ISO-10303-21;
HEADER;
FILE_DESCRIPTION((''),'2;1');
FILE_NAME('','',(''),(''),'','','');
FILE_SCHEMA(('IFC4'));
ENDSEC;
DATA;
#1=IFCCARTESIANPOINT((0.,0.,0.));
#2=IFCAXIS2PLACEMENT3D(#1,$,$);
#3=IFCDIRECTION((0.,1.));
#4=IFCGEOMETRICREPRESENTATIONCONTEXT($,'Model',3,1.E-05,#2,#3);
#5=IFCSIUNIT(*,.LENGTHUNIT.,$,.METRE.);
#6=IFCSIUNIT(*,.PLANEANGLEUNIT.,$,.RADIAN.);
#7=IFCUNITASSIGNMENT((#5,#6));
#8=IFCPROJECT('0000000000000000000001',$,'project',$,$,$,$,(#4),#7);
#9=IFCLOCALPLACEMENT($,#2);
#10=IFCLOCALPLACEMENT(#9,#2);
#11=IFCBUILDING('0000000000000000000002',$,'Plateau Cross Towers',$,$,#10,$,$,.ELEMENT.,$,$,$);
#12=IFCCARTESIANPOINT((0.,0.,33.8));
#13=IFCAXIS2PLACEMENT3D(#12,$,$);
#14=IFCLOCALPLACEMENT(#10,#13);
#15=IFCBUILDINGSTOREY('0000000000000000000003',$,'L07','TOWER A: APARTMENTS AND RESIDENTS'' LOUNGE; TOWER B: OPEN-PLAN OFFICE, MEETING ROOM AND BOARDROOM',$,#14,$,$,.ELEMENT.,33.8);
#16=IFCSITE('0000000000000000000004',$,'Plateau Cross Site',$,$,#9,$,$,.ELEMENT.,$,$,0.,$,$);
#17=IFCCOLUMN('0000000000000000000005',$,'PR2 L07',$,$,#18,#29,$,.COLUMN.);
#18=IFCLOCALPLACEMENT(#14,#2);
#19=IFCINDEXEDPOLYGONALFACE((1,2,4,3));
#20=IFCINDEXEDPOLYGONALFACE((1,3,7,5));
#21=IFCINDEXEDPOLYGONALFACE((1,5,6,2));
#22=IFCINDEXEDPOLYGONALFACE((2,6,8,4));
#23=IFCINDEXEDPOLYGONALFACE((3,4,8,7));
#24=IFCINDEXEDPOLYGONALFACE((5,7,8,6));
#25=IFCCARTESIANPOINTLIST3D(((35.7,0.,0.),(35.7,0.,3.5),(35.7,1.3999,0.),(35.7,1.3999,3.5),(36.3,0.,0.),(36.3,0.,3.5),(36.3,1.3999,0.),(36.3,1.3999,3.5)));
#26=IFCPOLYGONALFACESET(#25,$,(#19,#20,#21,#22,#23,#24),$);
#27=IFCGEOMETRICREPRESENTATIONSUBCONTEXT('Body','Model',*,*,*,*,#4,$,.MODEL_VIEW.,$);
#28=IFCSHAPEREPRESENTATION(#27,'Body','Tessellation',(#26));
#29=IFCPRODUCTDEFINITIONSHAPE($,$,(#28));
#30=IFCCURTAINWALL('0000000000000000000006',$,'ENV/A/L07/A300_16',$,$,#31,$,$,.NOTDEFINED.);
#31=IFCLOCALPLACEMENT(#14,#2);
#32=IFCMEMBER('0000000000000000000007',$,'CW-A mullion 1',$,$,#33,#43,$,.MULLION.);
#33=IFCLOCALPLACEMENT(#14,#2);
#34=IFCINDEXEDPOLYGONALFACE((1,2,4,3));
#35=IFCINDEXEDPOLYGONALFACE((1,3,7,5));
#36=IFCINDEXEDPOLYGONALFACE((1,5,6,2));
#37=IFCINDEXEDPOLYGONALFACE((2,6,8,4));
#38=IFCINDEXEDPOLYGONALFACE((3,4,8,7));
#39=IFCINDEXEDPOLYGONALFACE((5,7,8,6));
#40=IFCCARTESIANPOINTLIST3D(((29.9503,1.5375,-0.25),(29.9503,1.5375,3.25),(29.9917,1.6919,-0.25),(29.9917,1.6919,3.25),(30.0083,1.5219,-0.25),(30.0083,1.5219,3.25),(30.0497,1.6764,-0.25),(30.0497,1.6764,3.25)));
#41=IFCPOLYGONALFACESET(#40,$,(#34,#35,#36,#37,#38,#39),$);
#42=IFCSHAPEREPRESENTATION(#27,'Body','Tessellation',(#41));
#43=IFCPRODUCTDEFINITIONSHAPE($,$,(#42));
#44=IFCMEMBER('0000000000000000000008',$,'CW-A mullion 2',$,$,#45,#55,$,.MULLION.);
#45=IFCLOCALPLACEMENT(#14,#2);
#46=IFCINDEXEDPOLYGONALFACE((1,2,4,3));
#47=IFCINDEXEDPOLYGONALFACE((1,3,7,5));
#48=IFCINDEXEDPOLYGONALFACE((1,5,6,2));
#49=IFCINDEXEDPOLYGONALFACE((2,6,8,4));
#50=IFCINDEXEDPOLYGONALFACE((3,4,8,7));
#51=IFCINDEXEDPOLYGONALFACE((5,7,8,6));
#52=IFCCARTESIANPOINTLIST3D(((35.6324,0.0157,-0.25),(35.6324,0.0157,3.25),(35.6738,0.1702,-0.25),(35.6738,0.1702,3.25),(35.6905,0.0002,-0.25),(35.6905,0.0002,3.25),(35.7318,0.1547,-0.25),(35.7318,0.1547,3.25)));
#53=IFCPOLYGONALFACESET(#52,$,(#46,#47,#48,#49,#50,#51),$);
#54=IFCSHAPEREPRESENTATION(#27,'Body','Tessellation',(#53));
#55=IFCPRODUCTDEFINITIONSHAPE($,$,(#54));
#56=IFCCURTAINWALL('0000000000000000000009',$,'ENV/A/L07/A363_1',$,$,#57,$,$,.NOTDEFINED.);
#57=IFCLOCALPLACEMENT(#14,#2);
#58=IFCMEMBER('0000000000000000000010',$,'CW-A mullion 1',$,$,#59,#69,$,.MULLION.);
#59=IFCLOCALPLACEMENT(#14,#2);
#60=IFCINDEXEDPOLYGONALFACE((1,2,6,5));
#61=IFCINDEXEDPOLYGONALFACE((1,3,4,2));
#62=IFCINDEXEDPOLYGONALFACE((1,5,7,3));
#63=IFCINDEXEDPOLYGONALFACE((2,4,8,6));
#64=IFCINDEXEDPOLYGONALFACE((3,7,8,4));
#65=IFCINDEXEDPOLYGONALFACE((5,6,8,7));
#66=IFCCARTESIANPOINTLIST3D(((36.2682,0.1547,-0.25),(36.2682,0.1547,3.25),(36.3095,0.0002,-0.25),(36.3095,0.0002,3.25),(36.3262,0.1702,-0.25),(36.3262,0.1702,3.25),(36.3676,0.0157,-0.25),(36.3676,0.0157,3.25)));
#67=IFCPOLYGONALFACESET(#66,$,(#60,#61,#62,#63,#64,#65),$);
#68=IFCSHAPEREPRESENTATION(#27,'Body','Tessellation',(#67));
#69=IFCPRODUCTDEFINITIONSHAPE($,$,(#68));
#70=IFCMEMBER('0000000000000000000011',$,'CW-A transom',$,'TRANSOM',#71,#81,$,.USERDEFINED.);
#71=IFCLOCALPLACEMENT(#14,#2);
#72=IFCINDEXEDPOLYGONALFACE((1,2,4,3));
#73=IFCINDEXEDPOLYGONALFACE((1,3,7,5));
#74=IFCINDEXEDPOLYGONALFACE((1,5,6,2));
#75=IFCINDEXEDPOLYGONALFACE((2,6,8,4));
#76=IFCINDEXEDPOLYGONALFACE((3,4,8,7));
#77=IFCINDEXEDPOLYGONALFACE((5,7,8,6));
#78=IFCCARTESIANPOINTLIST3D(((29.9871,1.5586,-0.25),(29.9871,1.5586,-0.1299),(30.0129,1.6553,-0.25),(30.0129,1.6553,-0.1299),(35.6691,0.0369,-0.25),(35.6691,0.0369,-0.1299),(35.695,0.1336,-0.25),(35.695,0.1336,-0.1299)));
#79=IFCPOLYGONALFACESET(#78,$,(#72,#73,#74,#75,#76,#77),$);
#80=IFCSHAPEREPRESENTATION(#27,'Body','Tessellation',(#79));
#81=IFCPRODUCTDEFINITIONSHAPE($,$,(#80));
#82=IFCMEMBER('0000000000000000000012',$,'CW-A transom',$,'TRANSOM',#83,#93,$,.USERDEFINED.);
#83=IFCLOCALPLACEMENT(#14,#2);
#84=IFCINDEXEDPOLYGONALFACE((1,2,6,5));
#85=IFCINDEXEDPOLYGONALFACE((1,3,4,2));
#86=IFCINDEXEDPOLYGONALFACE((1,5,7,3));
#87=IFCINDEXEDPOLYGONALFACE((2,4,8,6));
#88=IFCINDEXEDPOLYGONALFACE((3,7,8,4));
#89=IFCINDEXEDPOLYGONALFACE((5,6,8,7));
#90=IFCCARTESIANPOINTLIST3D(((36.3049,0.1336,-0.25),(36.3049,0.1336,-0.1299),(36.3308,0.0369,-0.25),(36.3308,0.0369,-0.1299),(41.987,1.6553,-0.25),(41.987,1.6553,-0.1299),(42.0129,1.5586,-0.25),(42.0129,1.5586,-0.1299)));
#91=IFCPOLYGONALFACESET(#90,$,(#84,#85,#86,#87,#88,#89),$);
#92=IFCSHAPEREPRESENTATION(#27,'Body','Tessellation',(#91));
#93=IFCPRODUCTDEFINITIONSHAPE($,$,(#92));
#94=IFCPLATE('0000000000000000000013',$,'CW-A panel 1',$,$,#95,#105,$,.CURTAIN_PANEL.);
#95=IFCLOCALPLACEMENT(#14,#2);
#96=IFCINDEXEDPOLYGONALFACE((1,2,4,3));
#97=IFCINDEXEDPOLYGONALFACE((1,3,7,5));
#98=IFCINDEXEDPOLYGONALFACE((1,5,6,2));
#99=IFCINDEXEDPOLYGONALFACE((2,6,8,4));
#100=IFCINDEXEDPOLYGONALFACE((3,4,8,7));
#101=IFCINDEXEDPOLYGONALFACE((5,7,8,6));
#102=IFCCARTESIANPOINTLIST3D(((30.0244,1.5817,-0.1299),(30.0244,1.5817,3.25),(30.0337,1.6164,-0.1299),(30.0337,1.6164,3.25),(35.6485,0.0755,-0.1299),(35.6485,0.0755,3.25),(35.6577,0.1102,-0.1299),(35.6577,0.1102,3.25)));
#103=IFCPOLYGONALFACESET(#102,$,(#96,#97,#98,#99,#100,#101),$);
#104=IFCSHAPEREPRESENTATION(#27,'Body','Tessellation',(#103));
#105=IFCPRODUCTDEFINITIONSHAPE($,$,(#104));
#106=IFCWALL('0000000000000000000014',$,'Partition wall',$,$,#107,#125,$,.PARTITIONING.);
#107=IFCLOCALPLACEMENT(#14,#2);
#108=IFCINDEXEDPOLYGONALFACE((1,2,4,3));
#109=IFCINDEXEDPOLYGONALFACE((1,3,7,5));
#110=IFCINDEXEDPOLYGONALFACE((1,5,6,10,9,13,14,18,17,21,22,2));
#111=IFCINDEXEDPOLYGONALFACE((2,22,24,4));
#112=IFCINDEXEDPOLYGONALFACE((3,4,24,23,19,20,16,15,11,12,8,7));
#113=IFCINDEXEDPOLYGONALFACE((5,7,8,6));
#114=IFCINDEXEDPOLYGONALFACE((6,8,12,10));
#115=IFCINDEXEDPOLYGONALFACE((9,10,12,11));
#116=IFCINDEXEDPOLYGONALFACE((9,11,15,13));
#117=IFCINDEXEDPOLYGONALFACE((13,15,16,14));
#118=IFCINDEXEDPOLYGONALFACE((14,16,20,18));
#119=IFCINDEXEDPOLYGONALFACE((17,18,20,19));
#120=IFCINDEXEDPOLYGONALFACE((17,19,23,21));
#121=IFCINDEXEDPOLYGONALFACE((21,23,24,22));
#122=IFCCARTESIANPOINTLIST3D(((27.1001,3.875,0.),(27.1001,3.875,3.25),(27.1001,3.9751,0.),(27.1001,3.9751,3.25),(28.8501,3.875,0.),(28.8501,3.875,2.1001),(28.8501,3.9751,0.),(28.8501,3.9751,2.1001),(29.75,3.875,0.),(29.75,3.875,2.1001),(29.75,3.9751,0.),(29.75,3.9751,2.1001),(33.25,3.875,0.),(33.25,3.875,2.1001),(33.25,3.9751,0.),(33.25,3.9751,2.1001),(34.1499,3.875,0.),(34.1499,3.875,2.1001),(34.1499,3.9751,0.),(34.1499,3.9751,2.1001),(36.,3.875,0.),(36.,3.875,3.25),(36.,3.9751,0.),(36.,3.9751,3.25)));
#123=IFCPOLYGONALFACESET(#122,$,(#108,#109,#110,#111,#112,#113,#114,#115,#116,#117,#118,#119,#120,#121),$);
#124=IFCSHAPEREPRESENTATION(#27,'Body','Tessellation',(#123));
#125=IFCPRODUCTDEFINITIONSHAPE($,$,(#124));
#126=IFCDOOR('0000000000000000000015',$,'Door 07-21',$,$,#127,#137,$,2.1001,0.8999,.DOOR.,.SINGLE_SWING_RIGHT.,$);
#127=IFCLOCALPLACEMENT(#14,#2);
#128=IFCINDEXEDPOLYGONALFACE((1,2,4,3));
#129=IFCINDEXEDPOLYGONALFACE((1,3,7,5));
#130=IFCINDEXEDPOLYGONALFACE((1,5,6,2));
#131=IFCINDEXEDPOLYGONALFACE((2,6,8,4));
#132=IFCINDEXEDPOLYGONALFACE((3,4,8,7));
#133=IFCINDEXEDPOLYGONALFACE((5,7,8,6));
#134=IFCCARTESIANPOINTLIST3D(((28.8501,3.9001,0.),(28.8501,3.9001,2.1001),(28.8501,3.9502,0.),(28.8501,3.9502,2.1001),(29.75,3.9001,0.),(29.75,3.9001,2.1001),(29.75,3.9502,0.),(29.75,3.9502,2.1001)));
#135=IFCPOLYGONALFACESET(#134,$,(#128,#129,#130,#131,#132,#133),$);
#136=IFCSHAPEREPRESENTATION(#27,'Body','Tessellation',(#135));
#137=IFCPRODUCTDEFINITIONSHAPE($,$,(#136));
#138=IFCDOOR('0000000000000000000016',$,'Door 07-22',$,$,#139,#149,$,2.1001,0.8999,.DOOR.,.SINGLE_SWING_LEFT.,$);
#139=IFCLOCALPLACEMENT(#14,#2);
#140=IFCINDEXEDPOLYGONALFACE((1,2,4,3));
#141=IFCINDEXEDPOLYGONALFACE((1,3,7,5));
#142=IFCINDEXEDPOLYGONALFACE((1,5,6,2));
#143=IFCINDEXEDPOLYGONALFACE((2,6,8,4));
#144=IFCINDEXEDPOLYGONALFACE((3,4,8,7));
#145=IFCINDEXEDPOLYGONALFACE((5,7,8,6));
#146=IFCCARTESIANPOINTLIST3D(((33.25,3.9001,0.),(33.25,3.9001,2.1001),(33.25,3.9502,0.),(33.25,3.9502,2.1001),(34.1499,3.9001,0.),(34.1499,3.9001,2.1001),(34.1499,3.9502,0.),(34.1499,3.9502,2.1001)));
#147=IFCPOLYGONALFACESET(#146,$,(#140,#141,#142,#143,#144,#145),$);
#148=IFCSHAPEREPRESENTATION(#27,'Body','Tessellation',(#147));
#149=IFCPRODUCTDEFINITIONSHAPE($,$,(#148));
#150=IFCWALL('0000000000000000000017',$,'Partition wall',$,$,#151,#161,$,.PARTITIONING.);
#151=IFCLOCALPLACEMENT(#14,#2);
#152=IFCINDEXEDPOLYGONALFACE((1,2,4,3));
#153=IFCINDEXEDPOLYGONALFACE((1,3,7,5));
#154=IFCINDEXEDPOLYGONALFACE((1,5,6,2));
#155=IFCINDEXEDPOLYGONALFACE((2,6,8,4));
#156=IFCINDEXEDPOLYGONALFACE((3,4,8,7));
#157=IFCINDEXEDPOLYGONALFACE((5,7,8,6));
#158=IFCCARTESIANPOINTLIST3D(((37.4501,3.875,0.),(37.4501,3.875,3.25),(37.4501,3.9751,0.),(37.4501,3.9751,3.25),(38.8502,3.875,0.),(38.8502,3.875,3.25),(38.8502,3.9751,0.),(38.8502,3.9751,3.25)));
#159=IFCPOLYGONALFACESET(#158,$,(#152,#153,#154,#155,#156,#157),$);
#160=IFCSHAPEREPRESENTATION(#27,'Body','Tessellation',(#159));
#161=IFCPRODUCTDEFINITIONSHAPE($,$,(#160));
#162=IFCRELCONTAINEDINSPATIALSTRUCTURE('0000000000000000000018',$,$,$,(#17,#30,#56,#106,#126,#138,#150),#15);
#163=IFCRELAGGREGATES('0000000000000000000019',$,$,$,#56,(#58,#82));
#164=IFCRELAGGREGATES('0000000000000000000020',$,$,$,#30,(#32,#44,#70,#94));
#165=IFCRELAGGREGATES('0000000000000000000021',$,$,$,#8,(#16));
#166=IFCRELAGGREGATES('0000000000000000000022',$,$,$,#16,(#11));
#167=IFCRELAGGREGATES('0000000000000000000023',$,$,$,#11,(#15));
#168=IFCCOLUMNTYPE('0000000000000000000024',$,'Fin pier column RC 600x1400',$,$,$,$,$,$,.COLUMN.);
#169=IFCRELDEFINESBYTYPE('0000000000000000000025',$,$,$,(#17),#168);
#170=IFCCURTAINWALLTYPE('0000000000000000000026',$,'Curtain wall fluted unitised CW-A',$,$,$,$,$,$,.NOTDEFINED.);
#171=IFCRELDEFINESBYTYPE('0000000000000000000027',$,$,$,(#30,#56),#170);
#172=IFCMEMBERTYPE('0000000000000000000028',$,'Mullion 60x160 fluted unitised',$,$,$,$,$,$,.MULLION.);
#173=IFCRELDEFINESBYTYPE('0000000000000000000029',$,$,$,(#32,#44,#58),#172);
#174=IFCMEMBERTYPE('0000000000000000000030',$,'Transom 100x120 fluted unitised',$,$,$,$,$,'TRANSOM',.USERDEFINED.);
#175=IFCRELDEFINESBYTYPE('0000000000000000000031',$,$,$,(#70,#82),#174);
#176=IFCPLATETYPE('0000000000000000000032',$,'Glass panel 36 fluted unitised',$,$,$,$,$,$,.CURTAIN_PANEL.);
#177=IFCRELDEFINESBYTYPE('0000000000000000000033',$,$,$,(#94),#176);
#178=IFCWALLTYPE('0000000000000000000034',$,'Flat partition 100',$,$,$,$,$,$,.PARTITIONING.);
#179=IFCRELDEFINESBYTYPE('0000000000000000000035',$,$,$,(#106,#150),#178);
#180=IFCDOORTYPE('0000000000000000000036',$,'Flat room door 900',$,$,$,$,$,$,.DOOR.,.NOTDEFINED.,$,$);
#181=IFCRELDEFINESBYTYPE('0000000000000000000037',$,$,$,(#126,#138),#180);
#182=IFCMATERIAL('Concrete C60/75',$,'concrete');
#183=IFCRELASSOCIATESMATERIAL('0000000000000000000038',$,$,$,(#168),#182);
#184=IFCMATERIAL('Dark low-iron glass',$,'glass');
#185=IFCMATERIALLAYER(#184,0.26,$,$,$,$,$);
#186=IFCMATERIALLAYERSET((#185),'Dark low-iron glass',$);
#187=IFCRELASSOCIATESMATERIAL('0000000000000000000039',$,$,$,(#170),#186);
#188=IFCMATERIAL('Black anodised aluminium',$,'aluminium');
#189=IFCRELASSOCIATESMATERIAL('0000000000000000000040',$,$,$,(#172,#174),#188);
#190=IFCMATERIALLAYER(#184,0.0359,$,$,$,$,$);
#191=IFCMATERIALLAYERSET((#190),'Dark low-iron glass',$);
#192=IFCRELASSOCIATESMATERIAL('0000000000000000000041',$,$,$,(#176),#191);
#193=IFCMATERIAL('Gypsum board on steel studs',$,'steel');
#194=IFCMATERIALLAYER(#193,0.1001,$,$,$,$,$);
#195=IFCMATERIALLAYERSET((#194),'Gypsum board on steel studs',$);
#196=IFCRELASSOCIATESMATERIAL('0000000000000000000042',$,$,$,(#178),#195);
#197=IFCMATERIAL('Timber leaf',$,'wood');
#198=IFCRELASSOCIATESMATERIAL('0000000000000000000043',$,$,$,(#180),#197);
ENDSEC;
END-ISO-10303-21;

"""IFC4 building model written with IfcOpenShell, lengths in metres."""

from ifc_helpers import new_model, si_unit, direction, frame, frame_2d, origin, origin_2d, place, context, subcontext, project, spatial, rectangle, extrude, material, layer, layer_set, material_profile, profile_set, type_object, element, fill, aggregate, save


model = new_model("IFC4")

# Units and contexts
model_context = context("Model", 3, precision=1e-05, world=origin(), true_north=direction((0.0, 1.0)))
body_context = subcontext(model_context, "Body", "Model", "MODEL_VIEW")
ifc_project = project(units=[si_unit("LENGTHUNIT", "METRE"), si_unit("PLANEANGLEUNIT", "RADIAN")], contexts=[model_context])

# Site, building, storey
site_placement = place(None, origin())
site = spatial("IfcSite", under=ifc_project, at=site_placement, Name="Plateau Cross Site", CompositionType="ELEMENT", RefElevation=0.0)
building_placement = place(site_placement, origin())
building = spatial("IfcBuilding", under=site, at=building_placement, Name="Plateau Cross Towers", CompositionType="ELEMENT")
storey_placement = place(building_placement, frame((0.0, 0.0, 33.8)))
storey = spatial("IfcBuildingStorey", under=building, at=storey_placement, Name="L07", Description="TOWER A: APARTMENTS AND RESIDENTS' LOUNGE; TOWER B: OPEN-PLAN OFFICE, MEETING ROOM AND BOARDROOM", CompositionType="ELEMENT", Elevation=33.8)

# Column
ifc_material_1 = material(Name="Concrete C60/75", Category="concrete")
ifc_material_profile_1 = material_profile(ifc_material_1, rectangle(XDim=0.6001, YDim=1.3999, at=origin_2d()), Name="RC 600x1400")
ifc_profile_set_1 = profile_set([ifc_material_profile_1], Name="Concrete C60/75")
column_type = type_object("IfcColumnType", Name="Fin pier column RC 600x1400", PredefinedType="COLUMN", material=ifc_profile_set_1)
column_placement = place(storey_placement, frame((36.0, 0.7, 0.0), z_axis=(0.0, 0.0, 1.0), x_axis=(1.0, 0.0, 0.0)))
element("IfcColumn", 1, at=column_placement, inside=storey, type_object=column_type, Name="PR2 L07", PredefinedType="COLUMN", context=body_context, shape_type="SweptSolid", body=[
    extrude(rectangle(XDim=0.6001, YDim=1.3999, at=origin_2d()), origin(), (0.0, 0.0, 1.0), 3.5),
])

# Curtain wall, members
ifc_material_2 = material(Name="Dark low-iron glass", Category="glass")
ifc_layer_1 = layer(ifc_material_2, 0.26)
ifc_layer_set_1 = layer_set([ifc_layer_1], Name="Dark low-iron glass")
curtain_wall_type = type_object("IfcCurtainWallType", Name="Curtain wall fluted unitised CW-A", PredefinedType="NOTDEFINED", material=ifc_layer_set_1)
curtain_wall_1_placement = place(storey_placement, origin())
curtain_wall_1 = element("IfcCurtainWall", 2, at=curtain_wall_1_placement, inside=storey, type_object=curtain_wall_type, Name="ENV/A/L07/A300_16", PredefinedType="NOTDEFINED")
ifc_material_3 = material(Name="Black anodised aluminium", Category="aluminium")
ifc_material_profile_2 = material_profile(ifc_material_3, rectangle(XDim=0.0601, YDim=0.1599, at=origin_2d()), Name="MULLION 60x160")
ifc_profile_set_2 = profile_set([ifc_material_profile_2], Name="Black anodised aluminium")
member_type_1 = type_object("IfcMemberType", Name="Mullion 60x160 fluted unitised", PredefinedType="MULLION", material=ifc_profile_set_2)
member_1_placement = place(storey_placement, frame((30.0, 1.6069, -0.25), z_axis=(0.0, 0.0, 1.0), x_axis=(0.965958, -0.258699, 0.0)))
member_1 = element("IfcMember", 3, at=member_1_placement, type_object=member_type_1, Name="CW-A mullion 1", PredefinedType="MULLION", context=body_context, shape_type="SweptSolid", body=[
    extrude(rectangle(XDim=0.0601, YDim=0.1599, at=origin_2d()), origin(), (0.0, 0.0, 1.0), 3.5),
])
member_2_placement = place(storey_placement, frame((35.6821, 0.0852, -0.25), z_axis=(0.0, 0.0, 1.0), x_axis=(0.965958, -0.258699, 0.0)))
member_2 = element("IfcMember", 4, at=member_2_placement, type_object=member_type_1, Name="CW-A mullion 2", PredefinedType="MULLION", context=body_context, shape_type="SweptSolid", body=[
    extrude(rectangle(XDim=0.0601, YDim=0.1599, at=origin_2d()), origin(), (0.0, 0.0, 1.0), 3.5),
])

# Curtain wall, member
curtain_wall_2_placement = place(storey_placement, origin())
curtain_wall_2 = element("IfcCurtainWall", 5, at=curtain_wall_2_placement, inside=storey, type_object=curtain_wall_type, Name="ENV/A/L07/A363_1", PredefinedType="NOTDEFINED")
member_3_placement = place(storey_placement, frame((36.3179, 0.0852, -0.25), z_axis=(0.0, 0.0, 1.0), x_axis=(0.965958, 0.258699, 0.0)))
member_3 = element("IfcMember", 6, at=member_3_placement, type_object=member_type_1, Name="CW-A mullion 1", PredefinedType="MULLION", context=body_context, shape_type="SweptSolid", body=[
    extrude(rectangle(XDim=0.0601, YDim=0.1599, at=origin_2d()), origin(), (0.0, 0.0, 1.0), 3.5),
])

# Members
ifc_material_profile_3 = material_profile(ifc_material_3, rectangle(XDim=0.1001, YDim=0.1201, at=origin_2d()), Name="TRANSOM 100x120")
ifc_profile_set_3 = profile_set([ifc_material_profile_3], Name="Black anodised aluminium")
member_type_2 = type_object("IfcMemberType", Name="Transom 100x120 fluted unitised", ElementType="TRANSOM", PredefinedType="USERDEFINED", material=ifc_profile_set_3)
member_4_placement = place(storey_placement, frame((30.0, 1.6069, -0.1899), z_axis=(0.96596, -0.258693, 0.0), x_axis=(0.258693, 0.96596, 0.0)))
member_4 = element("IfcMember", 7, at=member_4_placement, type_object=member_type_2, Name="CW-A transom", ObjectType="TRANSOM", PredefinedType="USERDEFINED", context=body_context, shape_type="SweptSolid", body=[
    extrude(rectangle(XDim=0.1001, YDim=0.1201, at=origin_2d()), origin(), (0.0, 0.0, 1.0), 5.8823),
])
member_5_placement = place(storey_placement, frame((36.3179, 0.0852, -0.1899), z_axis=(0.96596, 0.258693, 0.0), x_axis=(-0.258693, 0.96596, 0.0)))
member_5 = element("IfcMember", 8, at=member_5_placement, type_object=member_type_2, Name="CW-A transom", ObjectType="TRANSOM", PredefinedType="USERDEFINED", context=body_context, shape_type="SweptSolid", body=[
    extrude(rectangle(XDim=0.1001, YDim=0.1201, at=origin_2d()), origin(), (0.0, 0.0, 1.0), 5.8823),
])
aggregate(curtain_wall_2, [member_3, member_5])

# Plate
ifc_layer_2 = layer(ifc_material_2, 0.0359)
ifc_layer_set_2 = layer_set([ifc_layer_2], Name="Dark low-iron glass")
plate_type = type_object("IfcPlateType", Name="Glass panel 36 fluted unitised", PredefinedType="CURTAIN_PANEL", material=ifc_layer_set_2)
plate_placement = place(storey_placement, frame((32.8411, 0.8459, -0.1299), z_axis=(0.0, 0.0, 1.0), x_axis=(0.965958, -0.258699, 0.0)))
plate = element("IfcPlate", 9, at=plate_placement, type_object=plate_type, Name="CW-A panel 1", PredefinedType="CURTAIN_PANEL", context=body_context, shape_type="SweptSolid", body=[
    extrude(rectangle(XDim=5.8223, YDim=0.0359, at=origin_2d()), origin(), (0.0, 0.0, 1.0), 3.3799),
])
aggregate(curtain_wall_1, [member_1, member_2, member_4, plate])

# Wall, openings, doors
ifc_material_4 = material(Name="Gypsum board on steel studs", Category="steel")
ifc_layer_3 = layer(ifc_material_4, 0.1001)
ifc_layer_set_3 = layer_set([ifc_layer_3], Name="Gypsum board on steel studs")
wall_type = type_object("IfcWallType", Name="Flat partition 100", PredefinedType="PARTITIONING", material=ifc_layer_set_3)
wall_1_placement = place(storey_placement, frame((36.0, 3.925, 0.0), z_axis=(0.0, 0.0, 1.0), x_axis=(-1.0, 0.0, 0.0)))
wall_1 = element("IfcWall", 10, at=wall_1_placement, inside=storey, type_object=wall_type, Name="Partition wall", PredefinedType="PARTITIONING", context=body_context, shape_type="SweptSolid", body=[
    extrude(rectangle(XDim=8.8999, YDim=0.1001, at=frame_2d((4.45, 0.0))), origin(), (0.0, 0.0, 1.0), 3.25),
])
opening_1_placement = place(wall_1_placement, frame((6.25, 0.0, 0.0)))
opening_1 = element("IfcOpeningElement", 11, at=opening_1_placement, cuts=wall_1, PredefinedType="OPENING", context=body_context, shape_type="SweptSolid", body=[
    extrude(rectangle(XDim=0.8999, YDim=2.1001, at=frame_2d((0.45, 1.05))), frame((0.0, 0.0601, 0.0), z_axis=(0.0, -1.0, 0.0), x_axis=(1.0, 0.0, 0.0)), (0.0, 0.0, 1.0), 0.1201),
])
opening_2_placement = place(wall_1_placement, frame((1.8501, 0.0, 0.0)))
opening_2 = element("IfcOpeningElement", 12, at=opening_2_placement, cuts=wall_1, PredefinedType="OPENING", context=body_context, shape_type="SweptSolid", body=[
    extrude(rectangle(XDim=0.8999, YDim=2.1001, at=frame_2d((0.45, 1.05))), frame((0.0, 0.0601, 0.0), z_axis=(0.0, -1.0, 0.0), x_axis=(1.0, 0.0, 0.0)), (0.0, 0.0, 1.0), 0.1201),
])
ifc_material_5 = material(Name="Timber leaf", Category="wood")
door_type = type_object("IfcDoorType", Name="Flat room door 900", OperationType="NOTDEFINED", PredefinedType="DOOR", material=ifc_material_5)
door_1_placement = place(opening_1_placement, origin())
door_1 = element("IfcDoor", 13, at=door_1_placement, inside=storey, type_object=door_type, Name="Door 07-21", OperationType="SINGLE_SWING_RIGHT", OverallHeight=2.1001, OverallWidth=0.8999, PredefinedType="DOOR", context=body_context, shape_type="SweptSolid", body=[
    extrude(rectangle(XDim=0.8999, YDim=2.1001, at=frame_2d((0.45, 1.05))), frame((0.0, 0.0249, 0.0), z_axis=(0.0, -1.0, 0.0), x_axis=(1.0, 0.0, 0.0)), (0.0, 0.0, 1.0), 0.05),
])
fill(opening_1, door_1)
door_2_placement = place(opening_2_placement, origin())
door_2 = element("IfcDoor", 14, at=door_2_placement, inside=storey, type_object=door_type, Name="Door 07-22", OperationType="SINGLE_SWING_LEFT", OverallHeight=2.1001, OverallWidth=0.8999, PredefinedType="DOOR", context=body_context, shape_type="SweptSolid", body=[
    extrude(rectangle(XDim=0.8999, YDim=2.1001, at=frame_2d((0.45, 1.05))), frame((0.0, 0.0249, 0.0), z_axis=(0.0, -1.0, 0.0), x_axis=(1.0, 0.0, 0.0)), (0.0, 0.0, 1.0), 0.05),
])
fill(opening_2, door_2)

# Wall
wall_2_placement = place(storey_placement, frame((37.45, 3.925, 0.0), z_axis=(0.0, 0.0, 1.0), x_axis=(1.0, 0.0, 0.0)))
element("IfcWall", 15, at=wall_2_placement, inside=storey, type_object=wall_type, Name="Partition wall", PredefinedType="PARTITIONING", context=body_context, shape_type="SweptSolid", body=[
    extrude(rectangle(XDim=1.4001, YDim=0.1001, at=frame_2d((0.7002, 0.0))), origin(), (0.0, 0.0, 1.0), 3.25),
])

save(model, "model.ifc")
